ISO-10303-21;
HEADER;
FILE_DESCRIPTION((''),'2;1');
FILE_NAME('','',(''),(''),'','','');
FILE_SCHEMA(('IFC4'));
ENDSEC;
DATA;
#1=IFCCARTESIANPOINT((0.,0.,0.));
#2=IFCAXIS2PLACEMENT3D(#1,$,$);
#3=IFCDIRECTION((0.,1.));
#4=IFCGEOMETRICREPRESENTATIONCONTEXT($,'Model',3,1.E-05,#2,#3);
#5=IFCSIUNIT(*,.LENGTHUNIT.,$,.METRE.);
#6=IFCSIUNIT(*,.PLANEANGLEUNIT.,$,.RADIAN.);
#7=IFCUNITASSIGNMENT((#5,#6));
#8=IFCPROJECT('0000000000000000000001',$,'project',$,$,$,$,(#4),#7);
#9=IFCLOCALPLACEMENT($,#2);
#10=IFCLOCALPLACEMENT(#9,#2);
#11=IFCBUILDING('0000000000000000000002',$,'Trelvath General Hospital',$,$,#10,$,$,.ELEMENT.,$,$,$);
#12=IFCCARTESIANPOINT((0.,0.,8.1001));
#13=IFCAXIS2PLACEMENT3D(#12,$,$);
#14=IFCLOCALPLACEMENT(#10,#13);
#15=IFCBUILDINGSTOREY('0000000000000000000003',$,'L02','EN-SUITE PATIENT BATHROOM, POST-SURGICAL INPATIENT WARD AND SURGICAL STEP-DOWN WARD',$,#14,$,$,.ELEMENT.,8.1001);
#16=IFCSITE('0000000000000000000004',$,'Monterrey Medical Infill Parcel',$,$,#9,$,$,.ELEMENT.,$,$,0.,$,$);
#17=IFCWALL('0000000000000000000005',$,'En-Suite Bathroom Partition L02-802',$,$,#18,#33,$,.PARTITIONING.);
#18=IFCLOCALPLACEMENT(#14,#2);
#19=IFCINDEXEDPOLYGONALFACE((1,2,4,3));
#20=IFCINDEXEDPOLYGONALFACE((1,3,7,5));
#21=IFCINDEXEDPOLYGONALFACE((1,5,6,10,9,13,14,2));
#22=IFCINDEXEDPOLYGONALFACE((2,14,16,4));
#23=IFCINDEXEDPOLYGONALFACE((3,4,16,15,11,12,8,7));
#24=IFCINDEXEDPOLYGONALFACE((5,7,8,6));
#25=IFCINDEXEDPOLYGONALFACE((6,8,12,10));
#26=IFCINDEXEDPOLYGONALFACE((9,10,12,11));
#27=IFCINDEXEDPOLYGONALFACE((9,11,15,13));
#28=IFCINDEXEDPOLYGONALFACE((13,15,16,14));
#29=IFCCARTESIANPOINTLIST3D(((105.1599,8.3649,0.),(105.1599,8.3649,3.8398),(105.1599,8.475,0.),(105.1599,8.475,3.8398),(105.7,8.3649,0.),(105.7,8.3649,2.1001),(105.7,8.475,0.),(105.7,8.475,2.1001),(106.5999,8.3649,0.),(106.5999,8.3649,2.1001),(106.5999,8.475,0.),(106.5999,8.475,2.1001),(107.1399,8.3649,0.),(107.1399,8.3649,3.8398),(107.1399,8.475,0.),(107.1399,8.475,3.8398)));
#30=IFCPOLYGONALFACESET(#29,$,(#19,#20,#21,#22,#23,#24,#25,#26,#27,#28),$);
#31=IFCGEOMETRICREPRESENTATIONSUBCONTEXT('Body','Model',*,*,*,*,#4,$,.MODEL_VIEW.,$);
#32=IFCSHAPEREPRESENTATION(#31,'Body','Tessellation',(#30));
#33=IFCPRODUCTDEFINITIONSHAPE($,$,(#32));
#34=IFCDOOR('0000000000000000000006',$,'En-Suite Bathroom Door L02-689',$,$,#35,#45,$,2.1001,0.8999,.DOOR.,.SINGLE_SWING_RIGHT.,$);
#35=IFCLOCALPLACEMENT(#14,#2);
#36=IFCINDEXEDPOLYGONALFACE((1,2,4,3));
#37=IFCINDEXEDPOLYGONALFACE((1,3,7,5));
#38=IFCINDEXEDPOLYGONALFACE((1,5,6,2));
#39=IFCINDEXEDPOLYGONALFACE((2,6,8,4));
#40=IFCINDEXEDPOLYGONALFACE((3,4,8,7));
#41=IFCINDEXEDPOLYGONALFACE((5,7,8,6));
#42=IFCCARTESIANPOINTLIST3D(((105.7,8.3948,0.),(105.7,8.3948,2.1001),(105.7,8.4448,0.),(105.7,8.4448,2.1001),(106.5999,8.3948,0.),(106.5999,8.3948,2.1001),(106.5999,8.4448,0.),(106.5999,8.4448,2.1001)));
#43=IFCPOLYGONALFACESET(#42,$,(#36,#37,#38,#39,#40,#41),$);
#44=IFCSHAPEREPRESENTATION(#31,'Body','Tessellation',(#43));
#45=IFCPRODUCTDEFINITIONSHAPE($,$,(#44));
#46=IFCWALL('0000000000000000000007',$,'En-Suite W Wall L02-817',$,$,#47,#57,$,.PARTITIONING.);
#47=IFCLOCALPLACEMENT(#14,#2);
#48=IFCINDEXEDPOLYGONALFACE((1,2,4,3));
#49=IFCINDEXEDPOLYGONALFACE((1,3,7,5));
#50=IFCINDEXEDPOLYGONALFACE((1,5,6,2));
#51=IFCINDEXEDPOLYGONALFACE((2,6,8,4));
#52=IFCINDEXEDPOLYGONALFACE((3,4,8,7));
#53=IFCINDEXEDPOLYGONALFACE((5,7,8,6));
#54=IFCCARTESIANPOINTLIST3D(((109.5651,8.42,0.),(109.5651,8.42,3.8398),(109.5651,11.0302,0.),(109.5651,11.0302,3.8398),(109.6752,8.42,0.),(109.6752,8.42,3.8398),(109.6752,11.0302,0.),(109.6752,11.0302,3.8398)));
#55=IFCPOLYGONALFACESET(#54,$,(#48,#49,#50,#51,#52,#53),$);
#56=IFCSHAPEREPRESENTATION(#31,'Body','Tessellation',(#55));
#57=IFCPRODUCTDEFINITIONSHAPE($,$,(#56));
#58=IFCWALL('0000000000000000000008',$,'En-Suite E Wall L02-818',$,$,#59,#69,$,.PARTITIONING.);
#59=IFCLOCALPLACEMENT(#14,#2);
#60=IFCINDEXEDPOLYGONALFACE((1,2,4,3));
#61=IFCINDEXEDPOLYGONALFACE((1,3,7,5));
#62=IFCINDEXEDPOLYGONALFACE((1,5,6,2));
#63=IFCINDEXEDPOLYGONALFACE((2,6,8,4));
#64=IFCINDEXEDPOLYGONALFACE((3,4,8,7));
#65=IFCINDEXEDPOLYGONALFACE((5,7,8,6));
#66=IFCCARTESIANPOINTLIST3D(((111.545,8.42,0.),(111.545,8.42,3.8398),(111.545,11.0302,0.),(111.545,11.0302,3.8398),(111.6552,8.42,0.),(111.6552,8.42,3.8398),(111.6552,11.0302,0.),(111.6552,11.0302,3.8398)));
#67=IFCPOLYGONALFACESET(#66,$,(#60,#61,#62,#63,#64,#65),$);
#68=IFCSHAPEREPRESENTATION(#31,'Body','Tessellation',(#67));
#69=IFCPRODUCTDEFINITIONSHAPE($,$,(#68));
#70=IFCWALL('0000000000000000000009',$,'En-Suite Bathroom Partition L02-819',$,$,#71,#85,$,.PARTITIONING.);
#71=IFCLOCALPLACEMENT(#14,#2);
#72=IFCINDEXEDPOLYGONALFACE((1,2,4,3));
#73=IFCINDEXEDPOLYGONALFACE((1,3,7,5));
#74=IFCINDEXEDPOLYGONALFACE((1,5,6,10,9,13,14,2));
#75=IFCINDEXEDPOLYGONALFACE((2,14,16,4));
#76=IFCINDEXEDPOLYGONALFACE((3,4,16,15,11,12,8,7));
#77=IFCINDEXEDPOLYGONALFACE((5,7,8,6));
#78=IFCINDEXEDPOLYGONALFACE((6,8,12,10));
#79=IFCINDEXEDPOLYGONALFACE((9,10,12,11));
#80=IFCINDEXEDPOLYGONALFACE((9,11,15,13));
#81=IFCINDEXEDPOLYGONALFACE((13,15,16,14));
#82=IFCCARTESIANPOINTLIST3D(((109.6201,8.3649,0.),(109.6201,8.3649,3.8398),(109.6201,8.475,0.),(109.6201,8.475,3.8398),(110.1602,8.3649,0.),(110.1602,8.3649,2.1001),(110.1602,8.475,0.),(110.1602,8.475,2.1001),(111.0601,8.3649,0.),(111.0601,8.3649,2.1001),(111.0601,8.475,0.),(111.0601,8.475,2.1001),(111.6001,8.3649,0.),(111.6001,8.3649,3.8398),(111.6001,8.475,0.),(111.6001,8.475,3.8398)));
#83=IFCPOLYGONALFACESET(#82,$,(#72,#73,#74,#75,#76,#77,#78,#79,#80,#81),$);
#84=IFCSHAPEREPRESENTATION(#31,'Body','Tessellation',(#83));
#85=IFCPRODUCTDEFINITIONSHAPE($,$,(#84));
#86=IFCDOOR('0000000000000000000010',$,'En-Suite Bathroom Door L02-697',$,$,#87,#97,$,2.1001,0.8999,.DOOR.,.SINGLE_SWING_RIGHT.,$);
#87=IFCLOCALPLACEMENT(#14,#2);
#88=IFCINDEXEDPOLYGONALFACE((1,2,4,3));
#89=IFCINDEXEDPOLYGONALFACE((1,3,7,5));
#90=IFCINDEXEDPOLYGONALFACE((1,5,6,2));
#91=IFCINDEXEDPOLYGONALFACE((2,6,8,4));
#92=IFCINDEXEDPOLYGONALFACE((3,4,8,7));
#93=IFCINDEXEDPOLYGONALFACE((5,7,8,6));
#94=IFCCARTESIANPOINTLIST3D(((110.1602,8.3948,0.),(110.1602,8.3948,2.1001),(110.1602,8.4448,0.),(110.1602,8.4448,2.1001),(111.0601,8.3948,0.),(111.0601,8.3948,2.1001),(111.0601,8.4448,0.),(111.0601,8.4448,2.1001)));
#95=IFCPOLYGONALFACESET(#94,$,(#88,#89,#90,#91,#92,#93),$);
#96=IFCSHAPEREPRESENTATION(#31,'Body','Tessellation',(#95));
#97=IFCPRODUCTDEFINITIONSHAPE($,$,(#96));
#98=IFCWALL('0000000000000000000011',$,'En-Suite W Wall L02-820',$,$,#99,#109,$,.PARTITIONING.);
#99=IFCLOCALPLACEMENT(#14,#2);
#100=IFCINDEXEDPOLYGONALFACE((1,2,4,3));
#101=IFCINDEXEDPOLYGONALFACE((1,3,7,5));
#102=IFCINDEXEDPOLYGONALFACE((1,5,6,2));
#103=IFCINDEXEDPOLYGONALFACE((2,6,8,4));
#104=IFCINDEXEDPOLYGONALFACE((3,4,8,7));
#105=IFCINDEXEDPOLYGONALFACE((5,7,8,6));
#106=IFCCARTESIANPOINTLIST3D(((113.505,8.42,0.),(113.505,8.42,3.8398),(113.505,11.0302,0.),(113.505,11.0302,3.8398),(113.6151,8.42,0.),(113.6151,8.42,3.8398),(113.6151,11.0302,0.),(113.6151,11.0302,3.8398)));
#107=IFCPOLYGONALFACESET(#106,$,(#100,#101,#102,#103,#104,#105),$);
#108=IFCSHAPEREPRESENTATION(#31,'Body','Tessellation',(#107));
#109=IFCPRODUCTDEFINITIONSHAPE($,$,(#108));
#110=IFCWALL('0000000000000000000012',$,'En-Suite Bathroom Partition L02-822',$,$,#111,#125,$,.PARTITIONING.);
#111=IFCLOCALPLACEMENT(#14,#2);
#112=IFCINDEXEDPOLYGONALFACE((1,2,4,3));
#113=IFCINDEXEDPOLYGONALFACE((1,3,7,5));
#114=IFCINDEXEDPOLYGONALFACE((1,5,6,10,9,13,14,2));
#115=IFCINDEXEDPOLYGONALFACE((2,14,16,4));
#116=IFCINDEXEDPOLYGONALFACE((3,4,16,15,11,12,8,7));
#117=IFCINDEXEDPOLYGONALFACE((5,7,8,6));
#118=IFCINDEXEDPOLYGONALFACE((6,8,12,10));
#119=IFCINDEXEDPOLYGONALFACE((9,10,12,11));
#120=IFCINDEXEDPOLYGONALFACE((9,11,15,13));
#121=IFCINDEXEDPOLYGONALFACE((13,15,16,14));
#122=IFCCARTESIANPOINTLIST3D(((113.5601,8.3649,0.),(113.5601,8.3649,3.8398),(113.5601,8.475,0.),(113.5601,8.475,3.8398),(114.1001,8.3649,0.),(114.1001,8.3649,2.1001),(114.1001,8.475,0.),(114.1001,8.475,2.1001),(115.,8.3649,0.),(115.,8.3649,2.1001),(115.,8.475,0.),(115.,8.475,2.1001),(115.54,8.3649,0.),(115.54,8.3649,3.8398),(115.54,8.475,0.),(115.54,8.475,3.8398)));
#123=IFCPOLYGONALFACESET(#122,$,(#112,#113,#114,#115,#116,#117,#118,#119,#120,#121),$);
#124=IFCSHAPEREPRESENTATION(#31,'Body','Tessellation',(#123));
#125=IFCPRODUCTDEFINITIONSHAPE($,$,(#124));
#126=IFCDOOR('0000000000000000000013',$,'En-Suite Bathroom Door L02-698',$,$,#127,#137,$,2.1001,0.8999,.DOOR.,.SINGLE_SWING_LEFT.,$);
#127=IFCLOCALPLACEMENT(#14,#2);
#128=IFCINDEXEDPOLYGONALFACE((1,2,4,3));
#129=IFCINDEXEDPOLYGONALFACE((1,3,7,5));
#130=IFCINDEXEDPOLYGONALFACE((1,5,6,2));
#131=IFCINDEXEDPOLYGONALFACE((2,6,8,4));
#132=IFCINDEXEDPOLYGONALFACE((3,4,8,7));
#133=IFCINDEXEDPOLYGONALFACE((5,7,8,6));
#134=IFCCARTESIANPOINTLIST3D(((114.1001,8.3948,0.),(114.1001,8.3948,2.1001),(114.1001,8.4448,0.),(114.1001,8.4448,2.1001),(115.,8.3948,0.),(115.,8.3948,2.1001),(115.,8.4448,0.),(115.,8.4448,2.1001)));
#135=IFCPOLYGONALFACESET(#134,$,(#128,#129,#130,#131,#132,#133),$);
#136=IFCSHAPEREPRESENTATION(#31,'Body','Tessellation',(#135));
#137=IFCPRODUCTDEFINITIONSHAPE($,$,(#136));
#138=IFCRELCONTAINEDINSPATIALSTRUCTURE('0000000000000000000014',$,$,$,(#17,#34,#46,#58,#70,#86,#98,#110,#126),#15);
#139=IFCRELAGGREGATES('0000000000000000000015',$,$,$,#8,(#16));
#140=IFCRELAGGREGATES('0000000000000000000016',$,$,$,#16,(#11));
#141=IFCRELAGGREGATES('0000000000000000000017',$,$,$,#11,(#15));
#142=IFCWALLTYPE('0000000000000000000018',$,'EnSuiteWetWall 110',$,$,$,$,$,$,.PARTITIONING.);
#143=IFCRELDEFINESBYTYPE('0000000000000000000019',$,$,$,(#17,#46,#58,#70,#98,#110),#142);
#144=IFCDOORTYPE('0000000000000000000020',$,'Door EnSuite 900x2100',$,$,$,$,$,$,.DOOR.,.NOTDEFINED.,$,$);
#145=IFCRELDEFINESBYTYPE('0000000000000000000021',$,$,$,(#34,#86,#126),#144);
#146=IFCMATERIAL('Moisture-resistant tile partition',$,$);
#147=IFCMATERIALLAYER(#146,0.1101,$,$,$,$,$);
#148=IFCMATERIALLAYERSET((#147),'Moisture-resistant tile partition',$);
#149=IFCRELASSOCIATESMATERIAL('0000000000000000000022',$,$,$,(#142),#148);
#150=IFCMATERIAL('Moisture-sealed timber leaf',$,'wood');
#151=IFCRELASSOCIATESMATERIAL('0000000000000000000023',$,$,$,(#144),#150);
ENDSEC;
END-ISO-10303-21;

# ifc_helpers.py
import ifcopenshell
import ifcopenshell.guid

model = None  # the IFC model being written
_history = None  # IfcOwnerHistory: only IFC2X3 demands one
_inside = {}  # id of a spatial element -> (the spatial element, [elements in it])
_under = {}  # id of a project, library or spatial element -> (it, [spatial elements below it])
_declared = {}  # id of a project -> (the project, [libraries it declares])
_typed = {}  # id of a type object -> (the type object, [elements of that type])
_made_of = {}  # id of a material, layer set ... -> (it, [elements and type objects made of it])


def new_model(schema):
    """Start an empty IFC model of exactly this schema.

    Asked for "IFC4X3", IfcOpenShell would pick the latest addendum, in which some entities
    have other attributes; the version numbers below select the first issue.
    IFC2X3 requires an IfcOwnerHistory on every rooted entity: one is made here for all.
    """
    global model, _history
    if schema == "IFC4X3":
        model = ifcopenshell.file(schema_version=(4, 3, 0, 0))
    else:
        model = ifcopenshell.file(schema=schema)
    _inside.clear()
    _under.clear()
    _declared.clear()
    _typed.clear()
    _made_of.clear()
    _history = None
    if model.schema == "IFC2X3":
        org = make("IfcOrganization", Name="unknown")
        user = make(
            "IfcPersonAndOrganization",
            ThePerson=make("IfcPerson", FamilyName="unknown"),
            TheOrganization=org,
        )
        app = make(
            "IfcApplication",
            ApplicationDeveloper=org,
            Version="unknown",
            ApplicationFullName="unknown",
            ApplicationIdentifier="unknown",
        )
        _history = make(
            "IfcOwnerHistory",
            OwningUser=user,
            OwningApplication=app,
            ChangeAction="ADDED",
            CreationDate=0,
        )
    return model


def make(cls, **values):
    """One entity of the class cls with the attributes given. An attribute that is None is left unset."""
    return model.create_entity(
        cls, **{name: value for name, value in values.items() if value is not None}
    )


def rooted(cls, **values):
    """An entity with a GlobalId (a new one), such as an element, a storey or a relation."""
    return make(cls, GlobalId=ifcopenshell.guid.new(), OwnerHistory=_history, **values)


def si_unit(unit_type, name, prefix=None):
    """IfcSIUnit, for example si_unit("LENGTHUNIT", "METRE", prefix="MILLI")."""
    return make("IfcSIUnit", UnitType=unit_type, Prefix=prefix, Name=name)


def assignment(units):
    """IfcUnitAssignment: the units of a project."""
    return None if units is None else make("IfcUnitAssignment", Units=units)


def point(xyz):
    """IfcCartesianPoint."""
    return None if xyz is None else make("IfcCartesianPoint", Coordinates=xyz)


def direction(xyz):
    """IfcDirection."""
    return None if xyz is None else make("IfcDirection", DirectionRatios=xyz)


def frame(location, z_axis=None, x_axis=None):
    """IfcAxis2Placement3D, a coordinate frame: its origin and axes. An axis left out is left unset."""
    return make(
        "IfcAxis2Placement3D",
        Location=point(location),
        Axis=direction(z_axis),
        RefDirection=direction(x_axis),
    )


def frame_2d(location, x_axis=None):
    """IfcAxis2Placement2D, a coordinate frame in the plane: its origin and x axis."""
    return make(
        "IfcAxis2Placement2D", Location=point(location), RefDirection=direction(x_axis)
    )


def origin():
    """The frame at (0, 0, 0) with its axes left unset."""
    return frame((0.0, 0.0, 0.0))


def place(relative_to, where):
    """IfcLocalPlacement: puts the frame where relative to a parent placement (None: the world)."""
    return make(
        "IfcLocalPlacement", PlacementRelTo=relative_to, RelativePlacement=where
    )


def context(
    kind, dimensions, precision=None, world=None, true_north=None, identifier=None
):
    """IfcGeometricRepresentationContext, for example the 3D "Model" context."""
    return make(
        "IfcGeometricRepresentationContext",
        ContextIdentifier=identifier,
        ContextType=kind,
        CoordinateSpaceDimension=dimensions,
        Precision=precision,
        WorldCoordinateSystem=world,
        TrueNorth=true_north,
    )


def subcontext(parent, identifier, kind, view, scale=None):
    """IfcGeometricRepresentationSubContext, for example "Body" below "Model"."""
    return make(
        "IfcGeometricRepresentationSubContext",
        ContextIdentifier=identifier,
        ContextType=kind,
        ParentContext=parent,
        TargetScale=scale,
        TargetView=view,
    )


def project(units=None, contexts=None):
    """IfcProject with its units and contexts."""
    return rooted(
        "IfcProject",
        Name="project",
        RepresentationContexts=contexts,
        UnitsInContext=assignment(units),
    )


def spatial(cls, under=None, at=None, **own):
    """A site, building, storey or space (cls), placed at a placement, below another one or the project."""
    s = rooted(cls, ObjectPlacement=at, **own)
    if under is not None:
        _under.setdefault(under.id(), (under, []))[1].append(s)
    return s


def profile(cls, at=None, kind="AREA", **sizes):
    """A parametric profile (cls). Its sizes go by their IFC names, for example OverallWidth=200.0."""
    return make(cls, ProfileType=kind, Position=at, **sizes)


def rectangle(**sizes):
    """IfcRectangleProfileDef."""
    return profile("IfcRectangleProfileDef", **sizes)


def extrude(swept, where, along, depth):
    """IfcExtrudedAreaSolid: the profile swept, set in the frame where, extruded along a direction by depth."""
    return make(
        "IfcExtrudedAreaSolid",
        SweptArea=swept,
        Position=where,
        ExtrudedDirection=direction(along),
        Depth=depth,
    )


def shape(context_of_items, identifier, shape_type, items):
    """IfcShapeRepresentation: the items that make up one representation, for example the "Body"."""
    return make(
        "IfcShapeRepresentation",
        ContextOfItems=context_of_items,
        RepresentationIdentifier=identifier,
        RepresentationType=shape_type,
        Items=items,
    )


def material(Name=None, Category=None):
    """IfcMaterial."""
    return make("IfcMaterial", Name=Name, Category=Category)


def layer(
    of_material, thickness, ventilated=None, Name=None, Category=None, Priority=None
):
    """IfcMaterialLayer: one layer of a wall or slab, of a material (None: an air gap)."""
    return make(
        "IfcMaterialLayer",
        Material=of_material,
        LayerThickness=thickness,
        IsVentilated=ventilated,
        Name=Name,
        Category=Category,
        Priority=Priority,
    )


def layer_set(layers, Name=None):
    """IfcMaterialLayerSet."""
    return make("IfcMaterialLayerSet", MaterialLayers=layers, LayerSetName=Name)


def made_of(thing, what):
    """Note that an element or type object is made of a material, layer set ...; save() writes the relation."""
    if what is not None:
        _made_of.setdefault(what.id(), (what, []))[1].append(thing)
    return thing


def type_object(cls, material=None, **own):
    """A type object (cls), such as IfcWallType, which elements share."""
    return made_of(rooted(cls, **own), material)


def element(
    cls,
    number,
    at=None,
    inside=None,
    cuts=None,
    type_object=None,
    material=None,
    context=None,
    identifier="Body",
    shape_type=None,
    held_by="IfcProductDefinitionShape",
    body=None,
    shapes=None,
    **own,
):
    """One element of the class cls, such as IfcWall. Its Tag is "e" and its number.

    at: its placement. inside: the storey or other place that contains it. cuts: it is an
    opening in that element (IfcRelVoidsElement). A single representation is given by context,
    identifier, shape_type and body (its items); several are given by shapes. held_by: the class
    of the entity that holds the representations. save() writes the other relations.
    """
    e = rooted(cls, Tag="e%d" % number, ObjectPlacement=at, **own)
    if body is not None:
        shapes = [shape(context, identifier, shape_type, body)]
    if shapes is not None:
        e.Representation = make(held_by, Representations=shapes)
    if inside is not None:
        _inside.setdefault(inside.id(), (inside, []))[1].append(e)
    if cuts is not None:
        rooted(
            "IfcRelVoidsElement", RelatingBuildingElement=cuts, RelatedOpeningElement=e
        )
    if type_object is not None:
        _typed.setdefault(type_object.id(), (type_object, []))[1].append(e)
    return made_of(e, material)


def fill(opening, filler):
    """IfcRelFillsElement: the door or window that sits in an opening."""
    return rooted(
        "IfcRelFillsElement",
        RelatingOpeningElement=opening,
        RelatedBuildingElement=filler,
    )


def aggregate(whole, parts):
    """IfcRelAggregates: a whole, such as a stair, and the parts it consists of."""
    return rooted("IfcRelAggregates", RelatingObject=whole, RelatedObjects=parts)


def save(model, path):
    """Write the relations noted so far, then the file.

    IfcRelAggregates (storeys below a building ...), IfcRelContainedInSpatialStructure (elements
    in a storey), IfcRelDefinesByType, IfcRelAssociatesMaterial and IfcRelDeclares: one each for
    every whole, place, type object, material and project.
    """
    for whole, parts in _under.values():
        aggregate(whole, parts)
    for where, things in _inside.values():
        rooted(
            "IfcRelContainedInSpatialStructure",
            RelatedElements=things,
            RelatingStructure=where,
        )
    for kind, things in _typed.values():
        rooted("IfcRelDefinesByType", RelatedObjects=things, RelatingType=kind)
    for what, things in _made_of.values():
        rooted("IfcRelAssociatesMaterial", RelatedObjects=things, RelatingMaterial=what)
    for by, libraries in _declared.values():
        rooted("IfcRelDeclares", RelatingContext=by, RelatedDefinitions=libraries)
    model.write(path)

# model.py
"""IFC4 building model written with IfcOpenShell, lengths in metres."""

from ifc_helpers import new_model, si_unit, direction, frame, frame_2d, origin, place, context, subcontext, project, spatial, rectangle, extrude, material, layer, layer_set, type_object, element, fill, save


model = new_model("IFC4")

# Units and contexts
model_context = context("Model", 3, precision=1e-05, world=origin(), true_north=direction((0.0, 1.0)))
body_context = subcontext(model_context, "Body", "Model", "MODEL_VIEW")
ifc_project = project(units=[si_unit("LENGTHUNIT", "METRE"), si_unit("PLANEANGLEUNIT", "RADIAN")], contexts=[model_context])

# Site, building, storey
site_placement = place(None, origin())
site = spatial("IfcSite", under=ifc_project, at=site_placement, Name="Monterrey Medical Infill Parcel", CompositionType="ELEMENT", RefElevation=0.0)
building_placement = place(site_placement, origin())
building = spatial("IfcBuilding", under=site, at=building_placement, Name="Trelvath General Hospital", CompositionType="ELEMENT")
storey_placement = place(building_placement, frame((0.0, 0.0, 8.1001)))
storey = spatial("IfcBuildingStorey", under=building, at=storey_placement, Name="L02", Description="EN-SUITE PATIENT BATHROOM, POST-SURGICAL INPATIENT WARD AND SURGICAL STEP-DOWN WARD", CompositionType="ELEMENT", Elevation=8.1001)

# Shared definitions
ifc_material_1 = material(Name="Moisture-resistant tile partition")
ifc_layer_1 = layer(ifc_material_1, 0.1101)
ifc_layer_set_1 = layer_set([ifc_layer_1], Name="Moisture-resistant tile partition")
wall_type_1 = type_object("IfcWallType", Name="EnSuiteWetWall 110", PredefinedType="PARTITIONING", material=ifc_layer_set_1)

# Wall, opening, door
wall_1_placement = place(storey_placement, frame((105.1599, 8.4199, 0.0), z_axis=(0.0, 0.0, 1.0), x_axis=(1.0, 0.0, 0.0)))
wall_1 = element("IfcWall", 1, at=wall_1_placement, inside=storey, type_object=wall_type_1, Name="En-Suite Bathroom Partition L02-802", PredefinedType="PARTITIONING", context=body_context, shape_type="SweptSolid", body=[
    extrude(rectangle(XDim=1.98, YDim=0.1101, at=frame_2d((0.99, 0.0))), origin(), (0.0, 0.0, 1.0), 3.8398),
])
opening_1_placement = place(wall_1_placement, frame((0.54, 0.0, 0.0)))
opening_1 = element("IfcOpeningElement", 2, at=opening_1_placement, cuts=wall_1, PredefinedType="OPENING", context=body_context, shape_type="SweptSolid", body=[
    extrude(rectangle(XDim=0.8999, YDim=2.1001, at=frame_2d((0.45, 1.05))), frame((0.0, 0.0649, 0.0), z_axis=(0.0, -1.0, 0.0), x_axis=(1.0, 0.0, 0.0)), (0.0, 0.0, 1.0), 0.1301),
])
ifc_material_2 = material(Name="Moisture-sealed timber leaf", Category="wood")
door_type = type_object("IfcDoorType", Name="Door EnSuite 900x2100", OperationType="NOTDEFINED", PredefinedType="DOOR", material=ifc_material_2)
door_1_placement = place(opening_1_placement, origin())
door_1 = element("IfcDoor", 3, at=door_1_placement, inside=storey, type_object=door_type, Name="En-Suite Bathroom Door L02-689", OperationType="SINGLE_SWING_RIGHT", OverallHeight=2.1001, OverallWidth=0.8999, PredefinedType="DOOR", context=body_context, shape_type="SweptSolid", body=[
    extrude(rectangle(XDim=0.8999, YDim=2.1001, at=frame_2d((0.45, 1.05))), frame((0.0, 0.0249, 0.0), z_axis=(0.0, -1.0, 0.0), x_axis=(1.0, 0.0, 0.0)), (0.0, 0.0, 1.0), 0.05),
])
fill(opening_1, door_1)

# Walls
for number, where, z_axis, x_axis, name in (
    (4, (109.6201, 8.4199, 0.0), (0.0, 0.0, 1.0), (0.0, 1.0, 0.0), "En-Suite W Wall L02-817"),
    (5, (111.6001, 8.4199, 0.0), (0.0, 0.0, 1.0), (0.0, 1.0, 0.0), "En-Suite E Wall L02-818"),
):
    element("IfcWall", number, at=place(storey_placement, frame(where, z_axis=z_axis, x_axis=x_axis)), inside=storey, type_object=wall_type_1, Name=name, PredefinedType="PARTITIONING", context=body_context, shape_type="SweptSolid", body=[
        extrude(rectangle(XDim=2.6101, YDim=0.1101, at=frame_2d((1.3052, 0.0))), origin(), (0.0, 0.0, 1.0), 3.8398),
    ])

# Wall, opening, door
wall_2_placement = place(storey_placement, frame((109.6201, 8.4199, 0.0), z_axis=(0.0, 0.0, 1.0), x_axis=(1.0, 0.0, 0.0)))
wall_2 = element("IfcWall", 6, at=wall_2_placement, inside=storey, type_object=wall_type_1, Name="En-Suite Bathroom Partition L02-819", PredefinedType="PARTITIONING", context=body_context, shape_type="SweptSolid", body=[
    extrude(rectangle(XDim=1.98, YDim=0.1101, at=frame_2d((0.99, 0.0))), origin(), (0.0, 0.0, 1.0), 3.8398),
])
opening_2_placement = place(wall_2_placement, frame((0.54, 0.0, 0.0)))
opening_2 = element("IfcOpeningElement", 7, at=opening_2_placement, cuts=wall_2, PredefinedType="OPENING", context=body_context, shape_type="SweptSolid", body=[
    extrude(rectangle(XDim=0.8999, YDim=2.1001, at=frame_2d((0.45, 1.05))), frame((0.0, 0.0649, 0.0), z_axis=(0.0, -1.0, 0.0), x_axis=(1.0, 0.0, 0.0)), (0.0, 0.0, 1.0), 0.1301),
])
door_2_placement = place(opening_2_placement, origin())
door_2 = element("IfcDoor", 8, at=door_2_placement, inside=storey, type_object=door_type, Name="En-Suite Bathroom Door L02-697", OperationType="SINGLE_SWING_RIGHT", OverallHeight=2.1001, OverallWidth=0.8999, PredefinedType="DOOR", context=body_context, shape_type="SweptSolid", body=[
    extrude(rectangle(XDim=0.8999, YDim=2.1001, at=frame_2d((0.45, 1.05))), frame((0.0, 0.0249, 0.0), z_axis=(0.0, -1.0, 0.0), x_axis=(1.0, 0.0, 0.0)), (0.0, 0.0, 1.0), 0.05),
])
fill(opening_2, door_2)

# Wall
wall_3_placement = place(storey_placement, frame((113.5601, 8.4199, 0.0), z_axis=(0.0, 0.0, 1.0), x_axis=(0.0, 1.0, 0.0)))
element("IfcWall", 9, at=wall_3_placement, inside=storey, type_object=wall_type_1, Name="En-Suite W Wall L02-820", PredefinedType="PARTITIONING", context=body_context, shape_type="SweptSolid", body=[
    extrude(rectangle(XDim=2.6101, YDim=0.1101, at=frame_2d((1.3052, 0.0))), origin(), (0.0, 0.0, 1.0), 3.8398),
])

# Wall, opening, door
wall_4_placement = place(storey_placement, frame((113.5601, 8.4199, 0.0), z_axis=(0.0, 0.0, 1.0), x_axis=(1.0, 0.0, 0.0)))
wall_4 = element("IfcWall", 10, at=wall_4_placement, inside=storey, type_object=wall_type_1, Name="En-Suite Bathroom Partition L02-822", PredefinedType="PARTITIONING", context=body_context, shape_type="SweptSolid", body=[
    extrude(rectangle(XDim=1.98, YDim=0.1101, at=frame_2d((0.99, 0.0))), origin(), (0.0, 0.0, 1.0), 3.8398),
])
opening_3_placement = place(wall_4_placement, frame((0.54, 0.0, 0.0)))
opening_3 = element("IfcOpeningElement", 11, at=opening_3_placement, cuts=wall_4, PredefinedType="OPENING", context=body_context, shape_type="SweptSolid", body=[
    extrude(rectangle(XDim=0.8999, YDim=2.1001, at=frame_2d((0.45, 1.05))), frame((0.0, 0.0649, 0.0), z_axis=(0.0, -1.0, 0.0), x_axis=(1.0, 0.0, 0.0)), (0.0, 0.0, 1.0), 0.1301),
])
door_3_placement = place(opening_3_placement, origin())
door_3 = element("IfcDoor", 12, at=door_3_placement, inside=storey, type_object=door_type, Name="En-Suite Bathroom Door L02-698", OperationType="SINGLE_SWING_LEFT", OverallHeight=2.1001, OverallWidth=0.8999, PredefinedType="DOOR", context=body_context, shape_type="SweptSolid", body=[
    extrude(rectangle(XDim=0.8999, YDim=2.1001, at=frame_2d((0.45, 1.05))), frame((0.0, 0.0249, 0.0), z_axis=(0.0, -1.0, 0.0), x_axis=(1.0, 0.0, 0.0)), (0.0, 0.0, 1.0), 0.05),
])
fill(opening_3, door_3)

save(model, "model.ifc")
